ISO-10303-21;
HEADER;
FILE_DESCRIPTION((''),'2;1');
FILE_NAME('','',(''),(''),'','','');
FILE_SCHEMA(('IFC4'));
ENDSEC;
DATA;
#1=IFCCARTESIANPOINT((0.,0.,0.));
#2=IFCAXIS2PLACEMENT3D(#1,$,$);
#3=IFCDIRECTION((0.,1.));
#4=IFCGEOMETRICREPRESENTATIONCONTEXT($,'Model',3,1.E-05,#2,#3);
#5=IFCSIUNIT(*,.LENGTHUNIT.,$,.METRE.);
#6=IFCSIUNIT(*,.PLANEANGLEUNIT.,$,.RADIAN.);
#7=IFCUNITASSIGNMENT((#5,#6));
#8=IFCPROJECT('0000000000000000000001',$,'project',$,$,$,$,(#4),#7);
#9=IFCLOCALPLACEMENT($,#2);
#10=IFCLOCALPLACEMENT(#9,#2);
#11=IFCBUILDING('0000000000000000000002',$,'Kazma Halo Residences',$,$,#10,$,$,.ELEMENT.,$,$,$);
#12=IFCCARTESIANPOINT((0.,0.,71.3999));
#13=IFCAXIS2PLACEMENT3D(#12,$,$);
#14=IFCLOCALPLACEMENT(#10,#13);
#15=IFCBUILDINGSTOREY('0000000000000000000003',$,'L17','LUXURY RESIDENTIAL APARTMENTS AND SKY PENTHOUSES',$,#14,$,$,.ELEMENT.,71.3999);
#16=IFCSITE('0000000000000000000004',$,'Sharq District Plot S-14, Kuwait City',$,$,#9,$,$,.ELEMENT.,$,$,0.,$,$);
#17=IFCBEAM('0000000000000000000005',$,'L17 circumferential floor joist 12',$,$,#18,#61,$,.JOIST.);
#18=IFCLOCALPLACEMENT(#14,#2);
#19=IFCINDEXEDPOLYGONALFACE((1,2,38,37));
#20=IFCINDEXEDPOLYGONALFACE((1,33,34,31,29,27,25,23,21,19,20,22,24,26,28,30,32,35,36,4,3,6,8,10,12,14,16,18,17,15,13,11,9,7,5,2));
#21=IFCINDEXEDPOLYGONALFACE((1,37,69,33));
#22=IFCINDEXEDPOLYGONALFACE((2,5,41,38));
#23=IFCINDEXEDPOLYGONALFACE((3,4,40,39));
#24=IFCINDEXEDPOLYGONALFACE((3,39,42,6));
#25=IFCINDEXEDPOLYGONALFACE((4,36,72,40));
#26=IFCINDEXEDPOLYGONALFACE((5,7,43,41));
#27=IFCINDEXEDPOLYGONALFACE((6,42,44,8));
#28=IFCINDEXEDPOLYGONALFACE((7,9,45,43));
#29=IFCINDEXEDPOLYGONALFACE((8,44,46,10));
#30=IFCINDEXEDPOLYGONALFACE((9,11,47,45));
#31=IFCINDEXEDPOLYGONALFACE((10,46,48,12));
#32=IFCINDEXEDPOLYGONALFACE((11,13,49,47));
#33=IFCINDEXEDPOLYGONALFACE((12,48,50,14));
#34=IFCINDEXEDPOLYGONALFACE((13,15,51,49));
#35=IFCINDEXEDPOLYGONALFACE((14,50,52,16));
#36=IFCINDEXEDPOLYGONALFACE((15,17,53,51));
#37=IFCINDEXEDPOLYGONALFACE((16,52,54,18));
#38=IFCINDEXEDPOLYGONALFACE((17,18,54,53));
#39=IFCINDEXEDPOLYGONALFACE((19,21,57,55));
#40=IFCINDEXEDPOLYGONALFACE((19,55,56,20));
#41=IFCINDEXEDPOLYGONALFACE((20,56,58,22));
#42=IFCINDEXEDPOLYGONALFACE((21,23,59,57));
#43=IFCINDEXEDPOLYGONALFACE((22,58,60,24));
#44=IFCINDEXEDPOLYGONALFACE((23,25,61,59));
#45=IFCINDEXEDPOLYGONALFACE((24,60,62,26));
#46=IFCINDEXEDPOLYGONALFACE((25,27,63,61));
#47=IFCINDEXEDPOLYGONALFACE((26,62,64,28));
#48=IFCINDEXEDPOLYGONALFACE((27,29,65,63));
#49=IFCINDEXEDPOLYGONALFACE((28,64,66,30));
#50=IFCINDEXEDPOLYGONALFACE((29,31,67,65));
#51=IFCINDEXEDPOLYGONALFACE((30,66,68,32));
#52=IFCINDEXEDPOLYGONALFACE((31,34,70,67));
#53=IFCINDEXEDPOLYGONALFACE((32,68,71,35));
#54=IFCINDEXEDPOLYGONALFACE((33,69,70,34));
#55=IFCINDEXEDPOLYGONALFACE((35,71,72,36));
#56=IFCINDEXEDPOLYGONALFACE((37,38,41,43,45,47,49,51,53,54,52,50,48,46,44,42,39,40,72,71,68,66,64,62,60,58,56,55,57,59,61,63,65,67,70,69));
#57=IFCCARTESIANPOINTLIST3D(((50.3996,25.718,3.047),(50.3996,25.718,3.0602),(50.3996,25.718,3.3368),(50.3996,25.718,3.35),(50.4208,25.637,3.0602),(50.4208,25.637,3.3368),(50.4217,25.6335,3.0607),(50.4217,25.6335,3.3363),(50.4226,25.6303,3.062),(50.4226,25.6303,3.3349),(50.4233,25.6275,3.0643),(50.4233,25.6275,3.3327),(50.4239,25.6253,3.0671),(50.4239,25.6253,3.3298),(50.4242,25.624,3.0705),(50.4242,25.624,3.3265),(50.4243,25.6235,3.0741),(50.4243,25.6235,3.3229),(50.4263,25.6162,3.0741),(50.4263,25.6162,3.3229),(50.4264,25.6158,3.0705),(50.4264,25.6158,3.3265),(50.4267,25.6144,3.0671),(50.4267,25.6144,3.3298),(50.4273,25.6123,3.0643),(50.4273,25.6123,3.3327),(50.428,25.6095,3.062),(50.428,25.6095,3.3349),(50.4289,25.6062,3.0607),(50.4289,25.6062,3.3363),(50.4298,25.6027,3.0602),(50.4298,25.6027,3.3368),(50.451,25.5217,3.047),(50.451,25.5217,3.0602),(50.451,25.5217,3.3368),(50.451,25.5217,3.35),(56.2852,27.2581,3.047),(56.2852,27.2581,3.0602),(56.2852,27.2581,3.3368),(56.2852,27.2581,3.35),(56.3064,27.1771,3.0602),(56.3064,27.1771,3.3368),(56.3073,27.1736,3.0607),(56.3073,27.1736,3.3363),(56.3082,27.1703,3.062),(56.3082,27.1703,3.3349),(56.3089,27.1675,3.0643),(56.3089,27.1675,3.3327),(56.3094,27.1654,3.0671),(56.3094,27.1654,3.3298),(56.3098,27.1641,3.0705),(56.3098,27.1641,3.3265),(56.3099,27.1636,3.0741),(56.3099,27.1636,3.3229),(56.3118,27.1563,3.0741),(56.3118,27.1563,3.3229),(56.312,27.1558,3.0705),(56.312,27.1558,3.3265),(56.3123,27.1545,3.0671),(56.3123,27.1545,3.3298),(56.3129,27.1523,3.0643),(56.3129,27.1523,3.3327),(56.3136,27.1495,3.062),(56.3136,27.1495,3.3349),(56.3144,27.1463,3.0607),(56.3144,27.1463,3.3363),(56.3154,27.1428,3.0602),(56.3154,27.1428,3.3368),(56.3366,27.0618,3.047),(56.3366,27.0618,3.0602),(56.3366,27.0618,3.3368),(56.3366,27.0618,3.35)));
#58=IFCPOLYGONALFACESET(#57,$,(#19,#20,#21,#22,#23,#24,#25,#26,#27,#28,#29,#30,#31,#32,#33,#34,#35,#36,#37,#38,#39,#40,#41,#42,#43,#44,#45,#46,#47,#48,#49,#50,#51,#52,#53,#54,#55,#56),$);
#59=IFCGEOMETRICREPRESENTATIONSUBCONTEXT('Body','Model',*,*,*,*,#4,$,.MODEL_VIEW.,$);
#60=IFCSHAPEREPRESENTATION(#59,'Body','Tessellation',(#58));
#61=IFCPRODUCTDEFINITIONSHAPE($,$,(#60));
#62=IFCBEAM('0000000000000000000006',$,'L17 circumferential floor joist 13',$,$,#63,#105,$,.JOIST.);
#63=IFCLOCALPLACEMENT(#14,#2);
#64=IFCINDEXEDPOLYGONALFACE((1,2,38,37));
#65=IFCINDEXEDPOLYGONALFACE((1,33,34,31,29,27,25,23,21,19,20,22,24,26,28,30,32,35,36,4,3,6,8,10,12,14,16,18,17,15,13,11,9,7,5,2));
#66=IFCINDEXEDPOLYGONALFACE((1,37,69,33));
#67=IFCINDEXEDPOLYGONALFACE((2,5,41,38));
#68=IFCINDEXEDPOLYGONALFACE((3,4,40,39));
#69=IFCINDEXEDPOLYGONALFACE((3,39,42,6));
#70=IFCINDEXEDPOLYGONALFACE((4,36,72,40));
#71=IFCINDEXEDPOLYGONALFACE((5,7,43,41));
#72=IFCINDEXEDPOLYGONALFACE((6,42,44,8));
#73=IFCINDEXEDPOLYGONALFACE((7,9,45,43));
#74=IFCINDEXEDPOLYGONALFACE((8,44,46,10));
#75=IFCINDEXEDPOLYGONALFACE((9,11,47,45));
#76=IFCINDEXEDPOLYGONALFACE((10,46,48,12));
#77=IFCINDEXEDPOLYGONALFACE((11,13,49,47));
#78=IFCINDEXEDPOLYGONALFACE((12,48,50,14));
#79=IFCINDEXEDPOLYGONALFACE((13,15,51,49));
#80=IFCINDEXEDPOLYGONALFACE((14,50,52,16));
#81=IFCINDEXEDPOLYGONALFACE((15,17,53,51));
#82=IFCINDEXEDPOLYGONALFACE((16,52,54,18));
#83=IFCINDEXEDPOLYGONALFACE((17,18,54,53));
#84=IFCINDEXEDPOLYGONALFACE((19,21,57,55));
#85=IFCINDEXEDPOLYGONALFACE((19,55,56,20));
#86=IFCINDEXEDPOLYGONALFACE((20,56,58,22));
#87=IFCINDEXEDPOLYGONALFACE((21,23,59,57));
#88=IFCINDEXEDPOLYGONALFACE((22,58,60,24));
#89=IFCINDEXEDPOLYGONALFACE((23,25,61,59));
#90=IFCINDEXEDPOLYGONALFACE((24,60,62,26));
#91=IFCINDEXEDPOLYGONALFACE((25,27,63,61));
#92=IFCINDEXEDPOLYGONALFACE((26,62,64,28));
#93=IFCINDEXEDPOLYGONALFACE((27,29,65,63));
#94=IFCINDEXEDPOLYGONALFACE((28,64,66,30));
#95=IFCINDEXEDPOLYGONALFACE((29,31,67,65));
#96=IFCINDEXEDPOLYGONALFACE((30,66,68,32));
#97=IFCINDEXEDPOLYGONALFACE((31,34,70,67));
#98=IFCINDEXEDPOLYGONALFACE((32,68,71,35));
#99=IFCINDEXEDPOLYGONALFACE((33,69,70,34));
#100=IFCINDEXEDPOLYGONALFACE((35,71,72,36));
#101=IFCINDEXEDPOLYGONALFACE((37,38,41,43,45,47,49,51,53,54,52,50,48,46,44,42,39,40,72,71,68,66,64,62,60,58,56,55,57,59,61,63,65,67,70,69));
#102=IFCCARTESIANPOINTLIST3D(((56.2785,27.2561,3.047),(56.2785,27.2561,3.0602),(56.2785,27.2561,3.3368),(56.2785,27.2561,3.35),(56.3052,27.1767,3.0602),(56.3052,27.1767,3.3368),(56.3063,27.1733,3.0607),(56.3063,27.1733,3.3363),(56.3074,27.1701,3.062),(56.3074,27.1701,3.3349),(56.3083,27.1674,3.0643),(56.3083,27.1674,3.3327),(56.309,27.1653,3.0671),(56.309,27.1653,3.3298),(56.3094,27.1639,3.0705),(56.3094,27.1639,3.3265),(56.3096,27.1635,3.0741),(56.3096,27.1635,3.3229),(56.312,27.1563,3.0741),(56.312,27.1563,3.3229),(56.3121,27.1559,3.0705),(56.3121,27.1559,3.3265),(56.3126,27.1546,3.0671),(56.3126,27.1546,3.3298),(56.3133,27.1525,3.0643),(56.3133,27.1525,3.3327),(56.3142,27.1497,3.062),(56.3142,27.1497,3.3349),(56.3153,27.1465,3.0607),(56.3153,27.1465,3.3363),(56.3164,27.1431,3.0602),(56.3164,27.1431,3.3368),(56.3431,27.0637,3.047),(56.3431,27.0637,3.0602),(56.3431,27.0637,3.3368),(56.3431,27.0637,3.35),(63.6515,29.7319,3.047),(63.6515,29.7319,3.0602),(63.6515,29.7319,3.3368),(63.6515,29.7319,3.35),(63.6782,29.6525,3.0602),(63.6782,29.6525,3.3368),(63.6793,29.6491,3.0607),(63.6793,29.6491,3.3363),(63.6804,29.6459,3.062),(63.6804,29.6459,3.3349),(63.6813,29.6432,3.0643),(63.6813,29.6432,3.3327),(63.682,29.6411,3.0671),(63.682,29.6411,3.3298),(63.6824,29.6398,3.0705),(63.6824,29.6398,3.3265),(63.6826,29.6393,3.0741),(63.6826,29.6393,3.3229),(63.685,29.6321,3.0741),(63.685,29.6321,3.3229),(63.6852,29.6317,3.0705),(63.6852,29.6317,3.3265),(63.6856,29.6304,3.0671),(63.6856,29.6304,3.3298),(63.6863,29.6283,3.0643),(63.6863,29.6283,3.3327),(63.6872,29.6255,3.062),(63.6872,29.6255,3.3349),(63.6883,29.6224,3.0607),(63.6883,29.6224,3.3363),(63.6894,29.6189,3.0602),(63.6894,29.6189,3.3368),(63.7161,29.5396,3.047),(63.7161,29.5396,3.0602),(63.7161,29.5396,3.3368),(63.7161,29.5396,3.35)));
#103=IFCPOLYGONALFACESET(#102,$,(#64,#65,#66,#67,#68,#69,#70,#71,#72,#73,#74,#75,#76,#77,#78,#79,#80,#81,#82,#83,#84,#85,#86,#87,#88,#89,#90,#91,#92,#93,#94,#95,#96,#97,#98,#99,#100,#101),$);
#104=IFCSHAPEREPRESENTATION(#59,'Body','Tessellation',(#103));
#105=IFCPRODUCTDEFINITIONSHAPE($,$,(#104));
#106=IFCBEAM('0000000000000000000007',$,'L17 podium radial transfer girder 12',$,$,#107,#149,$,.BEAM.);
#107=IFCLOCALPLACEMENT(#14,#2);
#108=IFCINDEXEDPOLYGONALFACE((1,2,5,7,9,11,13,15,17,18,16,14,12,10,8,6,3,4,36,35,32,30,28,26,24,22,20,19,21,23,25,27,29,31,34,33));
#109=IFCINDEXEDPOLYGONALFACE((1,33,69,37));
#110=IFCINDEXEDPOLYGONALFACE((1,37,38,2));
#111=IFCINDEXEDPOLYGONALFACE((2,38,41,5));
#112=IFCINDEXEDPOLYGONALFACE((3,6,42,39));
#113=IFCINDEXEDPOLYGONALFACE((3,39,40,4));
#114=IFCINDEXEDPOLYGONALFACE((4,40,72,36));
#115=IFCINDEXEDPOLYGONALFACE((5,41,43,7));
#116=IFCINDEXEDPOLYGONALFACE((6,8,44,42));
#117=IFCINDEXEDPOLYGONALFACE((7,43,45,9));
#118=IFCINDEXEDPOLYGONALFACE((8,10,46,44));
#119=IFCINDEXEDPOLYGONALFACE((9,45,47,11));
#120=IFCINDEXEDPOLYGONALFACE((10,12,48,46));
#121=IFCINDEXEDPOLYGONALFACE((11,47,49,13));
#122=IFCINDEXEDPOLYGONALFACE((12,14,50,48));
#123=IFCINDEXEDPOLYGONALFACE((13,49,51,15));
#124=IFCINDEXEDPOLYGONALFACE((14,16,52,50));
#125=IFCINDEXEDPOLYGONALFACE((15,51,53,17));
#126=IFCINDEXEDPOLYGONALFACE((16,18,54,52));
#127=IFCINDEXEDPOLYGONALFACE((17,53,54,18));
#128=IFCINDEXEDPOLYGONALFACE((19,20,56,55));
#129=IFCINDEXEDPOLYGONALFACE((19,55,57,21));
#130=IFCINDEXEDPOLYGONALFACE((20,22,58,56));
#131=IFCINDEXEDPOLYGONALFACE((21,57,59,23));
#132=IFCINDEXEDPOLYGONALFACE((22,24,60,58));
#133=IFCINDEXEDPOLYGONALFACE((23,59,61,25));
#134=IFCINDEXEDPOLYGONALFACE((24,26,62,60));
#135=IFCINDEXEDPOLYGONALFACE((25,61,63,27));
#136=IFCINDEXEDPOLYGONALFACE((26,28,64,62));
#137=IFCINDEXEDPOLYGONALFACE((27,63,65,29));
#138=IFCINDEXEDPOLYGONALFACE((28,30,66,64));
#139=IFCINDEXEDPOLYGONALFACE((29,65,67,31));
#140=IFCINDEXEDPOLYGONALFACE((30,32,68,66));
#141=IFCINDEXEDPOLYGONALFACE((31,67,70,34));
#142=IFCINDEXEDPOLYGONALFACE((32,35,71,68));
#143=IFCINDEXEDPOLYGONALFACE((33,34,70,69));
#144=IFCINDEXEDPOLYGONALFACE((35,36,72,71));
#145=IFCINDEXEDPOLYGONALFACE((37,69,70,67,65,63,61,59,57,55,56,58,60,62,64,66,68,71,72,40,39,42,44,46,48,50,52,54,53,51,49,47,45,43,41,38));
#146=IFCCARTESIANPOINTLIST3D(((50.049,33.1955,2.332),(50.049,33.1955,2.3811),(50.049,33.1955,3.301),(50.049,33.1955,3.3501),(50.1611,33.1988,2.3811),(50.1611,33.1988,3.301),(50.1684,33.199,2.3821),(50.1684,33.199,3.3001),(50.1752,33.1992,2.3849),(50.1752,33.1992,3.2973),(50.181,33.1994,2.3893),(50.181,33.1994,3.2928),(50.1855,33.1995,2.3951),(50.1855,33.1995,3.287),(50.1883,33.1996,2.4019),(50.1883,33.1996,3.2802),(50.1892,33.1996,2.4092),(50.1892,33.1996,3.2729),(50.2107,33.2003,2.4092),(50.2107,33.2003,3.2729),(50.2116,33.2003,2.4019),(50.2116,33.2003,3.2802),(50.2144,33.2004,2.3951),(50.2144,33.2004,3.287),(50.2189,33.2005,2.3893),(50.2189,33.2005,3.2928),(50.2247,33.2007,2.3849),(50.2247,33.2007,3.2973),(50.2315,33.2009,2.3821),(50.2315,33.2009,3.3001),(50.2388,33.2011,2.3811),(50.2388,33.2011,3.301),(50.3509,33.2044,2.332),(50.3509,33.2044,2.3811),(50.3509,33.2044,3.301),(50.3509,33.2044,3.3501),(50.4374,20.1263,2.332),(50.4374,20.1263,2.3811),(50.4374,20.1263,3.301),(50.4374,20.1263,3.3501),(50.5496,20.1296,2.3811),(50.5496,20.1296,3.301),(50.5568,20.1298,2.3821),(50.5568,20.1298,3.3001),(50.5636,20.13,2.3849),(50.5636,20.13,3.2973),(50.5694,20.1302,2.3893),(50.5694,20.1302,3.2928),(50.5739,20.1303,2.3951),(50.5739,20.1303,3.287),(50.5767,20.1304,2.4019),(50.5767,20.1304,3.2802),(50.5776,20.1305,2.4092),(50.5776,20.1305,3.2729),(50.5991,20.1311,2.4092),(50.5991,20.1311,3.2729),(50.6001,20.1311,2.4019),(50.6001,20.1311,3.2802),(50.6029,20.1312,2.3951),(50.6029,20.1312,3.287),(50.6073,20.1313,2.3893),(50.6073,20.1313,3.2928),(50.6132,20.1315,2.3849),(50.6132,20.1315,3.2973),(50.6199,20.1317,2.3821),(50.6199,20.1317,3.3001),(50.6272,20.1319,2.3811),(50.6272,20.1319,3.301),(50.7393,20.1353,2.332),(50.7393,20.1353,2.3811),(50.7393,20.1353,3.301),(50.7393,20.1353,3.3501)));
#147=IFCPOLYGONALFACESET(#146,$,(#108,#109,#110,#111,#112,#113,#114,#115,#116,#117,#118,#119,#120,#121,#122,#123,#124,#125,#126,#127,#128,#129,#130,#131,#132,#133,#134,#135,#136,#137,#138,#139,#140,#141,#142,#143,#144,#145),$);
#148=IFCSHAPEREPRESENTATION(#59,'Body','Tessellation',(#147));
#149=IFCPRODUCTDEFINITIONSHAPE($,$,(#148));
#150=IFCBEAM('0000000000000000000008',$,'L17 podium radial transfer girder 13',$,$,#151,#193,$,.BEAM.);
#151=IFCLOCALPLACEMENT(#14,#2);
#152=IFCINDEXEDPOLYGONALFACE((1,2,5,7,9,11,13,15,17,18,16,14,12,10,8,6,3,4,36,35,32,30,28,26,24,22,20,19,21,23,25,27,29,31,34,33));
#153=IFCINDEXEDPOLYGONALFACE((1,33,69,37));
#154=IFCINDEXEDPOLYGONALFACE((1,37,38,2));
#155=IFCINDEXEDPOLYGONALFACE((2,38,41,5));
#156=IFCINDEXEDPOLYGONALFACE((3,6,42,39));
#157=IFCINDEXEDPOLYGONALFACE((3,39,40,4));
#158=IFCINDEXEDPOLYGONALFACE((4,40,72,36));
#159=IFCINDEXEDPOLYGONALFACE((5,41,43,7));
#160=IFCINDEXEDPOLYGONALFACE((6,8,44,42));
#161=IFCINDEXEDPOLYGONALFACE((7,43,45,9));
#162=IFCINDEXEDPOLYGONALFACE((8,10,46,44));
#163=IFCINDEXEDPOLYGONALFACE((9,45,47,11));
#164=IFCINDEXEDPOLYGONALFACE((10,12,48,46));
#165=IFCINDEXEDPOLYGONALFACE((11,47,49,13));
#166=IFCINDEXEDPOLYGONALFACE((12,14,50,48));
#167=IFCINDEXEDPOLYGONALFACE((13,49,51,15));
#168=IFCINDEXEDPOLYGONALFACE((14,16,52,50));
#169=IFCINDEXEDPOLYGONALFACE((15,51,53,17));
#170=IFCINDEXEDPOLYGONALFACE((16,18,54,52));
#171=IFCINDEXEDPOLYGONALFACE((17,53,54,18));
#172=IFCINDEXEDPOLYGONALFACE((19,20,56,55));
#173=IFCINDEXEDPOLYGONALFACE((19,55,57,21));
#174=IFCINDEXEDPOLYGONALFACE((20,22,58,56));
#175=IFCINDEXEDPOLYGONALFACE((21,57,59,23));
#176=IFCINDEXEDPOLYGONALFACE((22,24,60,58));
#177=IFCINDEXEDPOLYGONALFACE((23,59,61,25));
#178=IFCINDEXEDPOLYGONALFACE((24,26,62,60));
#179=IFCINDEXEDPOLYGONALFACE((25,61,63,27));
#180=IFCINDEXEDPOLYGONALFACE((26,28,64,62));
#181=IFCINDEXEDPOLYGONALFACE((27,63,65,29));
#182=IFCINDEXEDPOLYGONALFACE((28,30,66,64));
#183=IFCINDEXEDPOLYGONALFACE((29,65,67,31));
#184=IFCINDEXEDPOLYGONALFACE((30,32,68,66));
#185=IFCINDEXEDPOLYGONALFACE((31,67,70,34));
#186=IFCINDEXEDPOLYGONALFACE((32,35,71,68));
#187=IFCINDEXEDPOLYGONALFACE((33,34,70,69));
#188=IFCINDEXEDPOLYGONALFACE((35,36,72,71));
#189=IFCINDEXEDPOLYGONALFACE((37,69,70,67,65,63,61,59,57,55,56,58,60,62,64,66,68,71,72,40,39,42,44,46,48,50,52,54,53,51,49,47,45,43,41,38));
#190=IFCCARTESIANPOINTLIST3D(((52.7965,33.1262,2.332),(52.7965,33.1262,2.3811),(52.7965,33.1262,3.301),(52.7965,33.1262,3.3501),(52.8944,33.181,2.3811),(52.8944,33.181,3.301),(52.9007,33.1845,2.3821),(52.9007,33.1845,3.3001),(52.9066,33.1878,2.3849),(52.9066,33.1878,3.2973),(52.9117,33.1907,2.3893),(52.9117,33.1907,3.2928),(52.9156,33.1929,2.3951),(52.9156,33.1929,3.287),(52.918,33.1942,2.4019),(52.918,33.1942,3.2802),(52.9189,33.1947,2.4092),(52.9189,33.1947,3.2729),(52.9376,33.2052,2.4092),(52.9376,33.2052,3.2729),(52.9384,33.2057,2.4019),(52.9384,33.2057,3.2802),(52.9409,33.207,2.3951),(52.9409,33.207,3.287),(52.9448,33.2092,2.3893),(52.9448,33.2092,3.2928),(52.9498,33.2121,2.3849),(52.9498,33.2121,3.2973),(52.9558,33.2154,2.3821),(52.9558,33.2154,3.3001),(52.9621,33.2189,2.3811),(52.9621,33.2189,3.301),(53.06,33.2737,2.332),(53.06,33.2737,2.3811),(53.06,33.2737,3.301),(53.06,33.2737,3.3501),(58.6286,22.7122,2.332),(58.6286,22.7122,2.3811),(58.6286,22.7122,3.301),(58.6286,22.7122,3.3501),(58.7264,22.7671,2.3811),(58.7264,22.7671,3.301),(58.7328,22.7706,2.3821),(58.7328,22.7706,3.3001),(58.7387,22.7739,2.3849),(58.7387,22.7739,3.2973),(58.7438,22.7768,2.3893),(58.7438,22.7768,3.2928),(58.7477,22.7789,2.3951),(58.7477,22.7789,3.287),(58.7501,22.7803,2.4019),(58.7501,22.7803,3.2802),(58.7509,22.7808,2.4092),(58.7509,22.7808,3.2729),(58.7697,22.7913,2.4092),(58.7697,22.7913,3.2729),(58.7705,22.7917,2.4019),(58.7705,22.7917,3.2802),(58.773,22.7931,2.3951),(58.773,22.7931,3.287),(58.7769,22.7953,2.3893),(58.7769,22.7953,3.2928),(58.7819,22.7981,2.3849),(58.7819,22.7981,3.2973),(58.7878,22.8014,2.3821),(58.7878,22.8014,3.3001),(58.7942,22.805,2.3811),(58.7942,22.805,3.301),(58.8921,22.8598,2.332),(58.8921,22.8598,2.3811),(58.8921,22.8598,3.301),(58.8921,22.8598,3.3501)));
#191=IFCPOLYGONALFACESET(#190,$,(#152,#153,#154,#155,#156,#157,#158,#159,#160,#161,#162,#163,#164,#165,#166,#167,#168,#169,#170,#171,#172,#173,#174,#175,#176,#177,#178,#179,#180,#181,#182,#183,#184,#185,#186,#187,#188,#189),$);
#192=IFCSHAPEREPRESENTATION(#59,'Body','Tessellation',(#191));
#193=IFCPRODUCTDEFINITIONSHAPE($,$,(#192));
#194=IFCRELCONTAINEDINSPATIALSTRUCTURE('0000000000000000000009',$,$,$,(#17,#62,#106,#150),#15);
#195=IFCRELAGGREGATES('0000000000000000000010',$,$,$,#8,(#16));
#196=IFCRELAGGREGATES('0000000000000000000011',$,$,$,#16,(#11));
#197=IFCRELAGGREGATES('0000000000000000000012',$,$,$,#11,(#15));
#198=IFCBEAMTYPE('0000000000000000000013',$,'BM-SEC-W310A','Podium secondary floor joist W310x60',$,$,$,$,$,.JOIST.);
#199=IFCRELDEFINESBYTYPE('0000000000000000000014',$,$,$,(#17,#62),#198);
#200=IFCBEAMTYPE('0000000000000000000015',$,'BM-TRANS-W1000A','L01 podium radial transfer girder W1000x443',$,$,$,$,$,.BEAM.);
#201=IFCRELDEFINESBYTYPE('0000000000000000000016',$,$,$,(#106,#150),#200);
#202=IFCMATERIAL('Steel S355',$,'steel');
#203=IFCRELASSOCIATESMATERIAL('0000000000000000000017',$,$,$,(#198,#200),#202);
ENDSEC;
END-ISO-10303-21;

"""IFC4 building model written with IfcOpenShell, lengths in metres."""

from ifc_helpers import new_model, si_unit, direction, frame, origin, origin_2d, place, context, subcontext, project, spatial, i_section, extrude, material, material_profile, profile_set, type_object, element, save


model = new_model("IFC4")

# Units and contexts
model_context = context("Model", 3, precision=1e-05, world=origin(), true_north=direction((0.0, 1.0)))
body_context = subcontext(model_context, "Body", "Model", "MODEL_VIEW")
ifc_project = project(units=[si_unit("LENGTHUNIT", "METRE"), si_unit("PLANEANGLEUNIT", "RADIAN")], contexts=[model_context])

# Site, building, storey
site_placement = place(None, origin())
site = spatial("IfcSite", under=ifc_project, at=site_placement, Name="Sharq District Plot S-14, Kuwait City", CompositionType="ELEMENT", RefElevation=0.0)
building_placement = place(site_placement, origin())
building = spatial("IfcBuilding", under=site, at=building_placement, Name="Kazma Halo Residences", CompositionType="ELEMENT")
storey_placement = place(building_placement, frame((0.0, 0.0, 71.3999)))
storey = spatial("IfcBuildingStorey", under=building, at=storey_placement, Name="L17", Description="LUXURY RESIDENTIAL APARTMENTS AND SKY PENTHOUSES", CompositionType="ELEMENT", Elevation=71.3999)

# Beams
ifc_material_1 = material(Name="Steel S355", Category="steel")
ifc_material_profile_1 = material_profile(ifc_material_1, i_section(OverallWidth=0.2029, OverallDepth=0.303, WebThickness=0.0076, FlangeThickness=0.0132, FilletRadius=0.0139, at=origin_2d()), Name="W310x60")
ifc_profile_set_1 = profile_set([ifc_material_profile_1], Name="Steel S355")
beam_type_1 = type_object("IfcBeamType", Name="BM-SEC-W310A", Description="Podium secondary floor joist W310x60", PredefinedType="JOIST", material=ifc_profile_set_1)
beam_1_placement = place(storey_placement, frame((50.4253, 25.6199, 3.1985), z_axis=(0.967429, 0.253144, 0.0), x_axis=(-0.253144, 0.967429, 0.0)))
element("IfcBeam", 1, at=beam_1_placement, inside=storey, type_object=beam_type_1, Name="L17 circumferential floor joist 12", PredefinedType="JOIST", context=body_context, shape_type="SweptSolid", body=[
    extrude(i_section(OverallWidth=0.2029, OverallDepth=0.303, WebThickness=0.0076, FlangeThickness=0.0132, FilletRadius=0.0139, at=origin_2d()), origin(), (0.0, 0.0, 1.0), 6.0837),
])
beam_2_placement = place(storey_placement, frame((56.3108, 27.1599, 3.1985), z_axis=(0.947981, 0.318327, 0.0), x_axis=(-0.318327, 0.947981, 0.0)))
element("IfcBeam", 2, at=beam_2_placement, inside=storey, type_object=beam_type_1, Name="L17 circumferential floor joist 13", PredefinedType="JOIST", context=body_context, shape_type="SweptSolid", body=[
    extrude(i_section(OverallWidth=0.2029, OverallDepth=0.303, WebThickness=0.0076, FlangeThickness=0.0132, FilletRadius=0.0139, at=origin_2d()), origin(), (0.0, 0.0, 1.0), 7.7776),
])
ifc_material_profile_2 = material_profile(ifc_material_1, i_section(OverallWidth=0.302, OverallDepth=1.0181, WebThickness=0.0215, FlangeThickness=0.0491, FilletRadius=0.0281, at=origin_2d()), Name="W1000x443")
ifc_profile_set_2 = profile_set([ifc_material_profile_2], Name="Steel S355")
beam_type_2 = type_object("IfcBeamType", Name="BM-TRANS-W1000A", Description="L01 podium radial transfer girder W1000x443", PredefinedType="BEAM", material=ifc_profile_set_2)
beam_3_placement = place(storey_placement, frame((50.2, 33.2, 2.8411), z_axis=(0.029708, -0.999559, 0.0), x_axis=(0.999559, 0.029708, 0.0)))
element("IfcBeam", 3, at=beam_3_placement, inside=storey, type_object=beam_type_2, Name="L17 podium radial transfer girder 12", PredefinedType="BEAM", context=body_context, shape_type="SweptSolid", body=[
    extrude(i_section(OverallWidth=0.302, OverallDepth=1.0181, WebThickness=0.0215, FlangeThickness=0.0491, FilletRadius=0.0281, at=origin_2d()), origin(), (0.0, 0.0, 1.0), 13.075),
])
beam_4_placement = place(storey_placement, frame((52.9282, 33.2, 2.8411), z_axis=(0.488622, -0.872496, 0.0), x_axis=(0.872496, 0.488622, 0.0)))
element("IfcBeam", 4, at=beam_4_placement, inside=storey, type_object=beam_type_2, Name="L17 podium radial transfer girder 13", PredefinedType="BEAM", context=body_context, shape_type="SweptSolid", body=[
    extrude(i_section(OverallWidth=0.302, OverallDepth=1.0181, WebThickness=0.0215, FlangeThickness=0.0491, FilletRadius=0.0281, at=origin_2d()), origin(), (0.0, 0.0, 1.0), 11.9358),
])

save(model, "model.ifc")
